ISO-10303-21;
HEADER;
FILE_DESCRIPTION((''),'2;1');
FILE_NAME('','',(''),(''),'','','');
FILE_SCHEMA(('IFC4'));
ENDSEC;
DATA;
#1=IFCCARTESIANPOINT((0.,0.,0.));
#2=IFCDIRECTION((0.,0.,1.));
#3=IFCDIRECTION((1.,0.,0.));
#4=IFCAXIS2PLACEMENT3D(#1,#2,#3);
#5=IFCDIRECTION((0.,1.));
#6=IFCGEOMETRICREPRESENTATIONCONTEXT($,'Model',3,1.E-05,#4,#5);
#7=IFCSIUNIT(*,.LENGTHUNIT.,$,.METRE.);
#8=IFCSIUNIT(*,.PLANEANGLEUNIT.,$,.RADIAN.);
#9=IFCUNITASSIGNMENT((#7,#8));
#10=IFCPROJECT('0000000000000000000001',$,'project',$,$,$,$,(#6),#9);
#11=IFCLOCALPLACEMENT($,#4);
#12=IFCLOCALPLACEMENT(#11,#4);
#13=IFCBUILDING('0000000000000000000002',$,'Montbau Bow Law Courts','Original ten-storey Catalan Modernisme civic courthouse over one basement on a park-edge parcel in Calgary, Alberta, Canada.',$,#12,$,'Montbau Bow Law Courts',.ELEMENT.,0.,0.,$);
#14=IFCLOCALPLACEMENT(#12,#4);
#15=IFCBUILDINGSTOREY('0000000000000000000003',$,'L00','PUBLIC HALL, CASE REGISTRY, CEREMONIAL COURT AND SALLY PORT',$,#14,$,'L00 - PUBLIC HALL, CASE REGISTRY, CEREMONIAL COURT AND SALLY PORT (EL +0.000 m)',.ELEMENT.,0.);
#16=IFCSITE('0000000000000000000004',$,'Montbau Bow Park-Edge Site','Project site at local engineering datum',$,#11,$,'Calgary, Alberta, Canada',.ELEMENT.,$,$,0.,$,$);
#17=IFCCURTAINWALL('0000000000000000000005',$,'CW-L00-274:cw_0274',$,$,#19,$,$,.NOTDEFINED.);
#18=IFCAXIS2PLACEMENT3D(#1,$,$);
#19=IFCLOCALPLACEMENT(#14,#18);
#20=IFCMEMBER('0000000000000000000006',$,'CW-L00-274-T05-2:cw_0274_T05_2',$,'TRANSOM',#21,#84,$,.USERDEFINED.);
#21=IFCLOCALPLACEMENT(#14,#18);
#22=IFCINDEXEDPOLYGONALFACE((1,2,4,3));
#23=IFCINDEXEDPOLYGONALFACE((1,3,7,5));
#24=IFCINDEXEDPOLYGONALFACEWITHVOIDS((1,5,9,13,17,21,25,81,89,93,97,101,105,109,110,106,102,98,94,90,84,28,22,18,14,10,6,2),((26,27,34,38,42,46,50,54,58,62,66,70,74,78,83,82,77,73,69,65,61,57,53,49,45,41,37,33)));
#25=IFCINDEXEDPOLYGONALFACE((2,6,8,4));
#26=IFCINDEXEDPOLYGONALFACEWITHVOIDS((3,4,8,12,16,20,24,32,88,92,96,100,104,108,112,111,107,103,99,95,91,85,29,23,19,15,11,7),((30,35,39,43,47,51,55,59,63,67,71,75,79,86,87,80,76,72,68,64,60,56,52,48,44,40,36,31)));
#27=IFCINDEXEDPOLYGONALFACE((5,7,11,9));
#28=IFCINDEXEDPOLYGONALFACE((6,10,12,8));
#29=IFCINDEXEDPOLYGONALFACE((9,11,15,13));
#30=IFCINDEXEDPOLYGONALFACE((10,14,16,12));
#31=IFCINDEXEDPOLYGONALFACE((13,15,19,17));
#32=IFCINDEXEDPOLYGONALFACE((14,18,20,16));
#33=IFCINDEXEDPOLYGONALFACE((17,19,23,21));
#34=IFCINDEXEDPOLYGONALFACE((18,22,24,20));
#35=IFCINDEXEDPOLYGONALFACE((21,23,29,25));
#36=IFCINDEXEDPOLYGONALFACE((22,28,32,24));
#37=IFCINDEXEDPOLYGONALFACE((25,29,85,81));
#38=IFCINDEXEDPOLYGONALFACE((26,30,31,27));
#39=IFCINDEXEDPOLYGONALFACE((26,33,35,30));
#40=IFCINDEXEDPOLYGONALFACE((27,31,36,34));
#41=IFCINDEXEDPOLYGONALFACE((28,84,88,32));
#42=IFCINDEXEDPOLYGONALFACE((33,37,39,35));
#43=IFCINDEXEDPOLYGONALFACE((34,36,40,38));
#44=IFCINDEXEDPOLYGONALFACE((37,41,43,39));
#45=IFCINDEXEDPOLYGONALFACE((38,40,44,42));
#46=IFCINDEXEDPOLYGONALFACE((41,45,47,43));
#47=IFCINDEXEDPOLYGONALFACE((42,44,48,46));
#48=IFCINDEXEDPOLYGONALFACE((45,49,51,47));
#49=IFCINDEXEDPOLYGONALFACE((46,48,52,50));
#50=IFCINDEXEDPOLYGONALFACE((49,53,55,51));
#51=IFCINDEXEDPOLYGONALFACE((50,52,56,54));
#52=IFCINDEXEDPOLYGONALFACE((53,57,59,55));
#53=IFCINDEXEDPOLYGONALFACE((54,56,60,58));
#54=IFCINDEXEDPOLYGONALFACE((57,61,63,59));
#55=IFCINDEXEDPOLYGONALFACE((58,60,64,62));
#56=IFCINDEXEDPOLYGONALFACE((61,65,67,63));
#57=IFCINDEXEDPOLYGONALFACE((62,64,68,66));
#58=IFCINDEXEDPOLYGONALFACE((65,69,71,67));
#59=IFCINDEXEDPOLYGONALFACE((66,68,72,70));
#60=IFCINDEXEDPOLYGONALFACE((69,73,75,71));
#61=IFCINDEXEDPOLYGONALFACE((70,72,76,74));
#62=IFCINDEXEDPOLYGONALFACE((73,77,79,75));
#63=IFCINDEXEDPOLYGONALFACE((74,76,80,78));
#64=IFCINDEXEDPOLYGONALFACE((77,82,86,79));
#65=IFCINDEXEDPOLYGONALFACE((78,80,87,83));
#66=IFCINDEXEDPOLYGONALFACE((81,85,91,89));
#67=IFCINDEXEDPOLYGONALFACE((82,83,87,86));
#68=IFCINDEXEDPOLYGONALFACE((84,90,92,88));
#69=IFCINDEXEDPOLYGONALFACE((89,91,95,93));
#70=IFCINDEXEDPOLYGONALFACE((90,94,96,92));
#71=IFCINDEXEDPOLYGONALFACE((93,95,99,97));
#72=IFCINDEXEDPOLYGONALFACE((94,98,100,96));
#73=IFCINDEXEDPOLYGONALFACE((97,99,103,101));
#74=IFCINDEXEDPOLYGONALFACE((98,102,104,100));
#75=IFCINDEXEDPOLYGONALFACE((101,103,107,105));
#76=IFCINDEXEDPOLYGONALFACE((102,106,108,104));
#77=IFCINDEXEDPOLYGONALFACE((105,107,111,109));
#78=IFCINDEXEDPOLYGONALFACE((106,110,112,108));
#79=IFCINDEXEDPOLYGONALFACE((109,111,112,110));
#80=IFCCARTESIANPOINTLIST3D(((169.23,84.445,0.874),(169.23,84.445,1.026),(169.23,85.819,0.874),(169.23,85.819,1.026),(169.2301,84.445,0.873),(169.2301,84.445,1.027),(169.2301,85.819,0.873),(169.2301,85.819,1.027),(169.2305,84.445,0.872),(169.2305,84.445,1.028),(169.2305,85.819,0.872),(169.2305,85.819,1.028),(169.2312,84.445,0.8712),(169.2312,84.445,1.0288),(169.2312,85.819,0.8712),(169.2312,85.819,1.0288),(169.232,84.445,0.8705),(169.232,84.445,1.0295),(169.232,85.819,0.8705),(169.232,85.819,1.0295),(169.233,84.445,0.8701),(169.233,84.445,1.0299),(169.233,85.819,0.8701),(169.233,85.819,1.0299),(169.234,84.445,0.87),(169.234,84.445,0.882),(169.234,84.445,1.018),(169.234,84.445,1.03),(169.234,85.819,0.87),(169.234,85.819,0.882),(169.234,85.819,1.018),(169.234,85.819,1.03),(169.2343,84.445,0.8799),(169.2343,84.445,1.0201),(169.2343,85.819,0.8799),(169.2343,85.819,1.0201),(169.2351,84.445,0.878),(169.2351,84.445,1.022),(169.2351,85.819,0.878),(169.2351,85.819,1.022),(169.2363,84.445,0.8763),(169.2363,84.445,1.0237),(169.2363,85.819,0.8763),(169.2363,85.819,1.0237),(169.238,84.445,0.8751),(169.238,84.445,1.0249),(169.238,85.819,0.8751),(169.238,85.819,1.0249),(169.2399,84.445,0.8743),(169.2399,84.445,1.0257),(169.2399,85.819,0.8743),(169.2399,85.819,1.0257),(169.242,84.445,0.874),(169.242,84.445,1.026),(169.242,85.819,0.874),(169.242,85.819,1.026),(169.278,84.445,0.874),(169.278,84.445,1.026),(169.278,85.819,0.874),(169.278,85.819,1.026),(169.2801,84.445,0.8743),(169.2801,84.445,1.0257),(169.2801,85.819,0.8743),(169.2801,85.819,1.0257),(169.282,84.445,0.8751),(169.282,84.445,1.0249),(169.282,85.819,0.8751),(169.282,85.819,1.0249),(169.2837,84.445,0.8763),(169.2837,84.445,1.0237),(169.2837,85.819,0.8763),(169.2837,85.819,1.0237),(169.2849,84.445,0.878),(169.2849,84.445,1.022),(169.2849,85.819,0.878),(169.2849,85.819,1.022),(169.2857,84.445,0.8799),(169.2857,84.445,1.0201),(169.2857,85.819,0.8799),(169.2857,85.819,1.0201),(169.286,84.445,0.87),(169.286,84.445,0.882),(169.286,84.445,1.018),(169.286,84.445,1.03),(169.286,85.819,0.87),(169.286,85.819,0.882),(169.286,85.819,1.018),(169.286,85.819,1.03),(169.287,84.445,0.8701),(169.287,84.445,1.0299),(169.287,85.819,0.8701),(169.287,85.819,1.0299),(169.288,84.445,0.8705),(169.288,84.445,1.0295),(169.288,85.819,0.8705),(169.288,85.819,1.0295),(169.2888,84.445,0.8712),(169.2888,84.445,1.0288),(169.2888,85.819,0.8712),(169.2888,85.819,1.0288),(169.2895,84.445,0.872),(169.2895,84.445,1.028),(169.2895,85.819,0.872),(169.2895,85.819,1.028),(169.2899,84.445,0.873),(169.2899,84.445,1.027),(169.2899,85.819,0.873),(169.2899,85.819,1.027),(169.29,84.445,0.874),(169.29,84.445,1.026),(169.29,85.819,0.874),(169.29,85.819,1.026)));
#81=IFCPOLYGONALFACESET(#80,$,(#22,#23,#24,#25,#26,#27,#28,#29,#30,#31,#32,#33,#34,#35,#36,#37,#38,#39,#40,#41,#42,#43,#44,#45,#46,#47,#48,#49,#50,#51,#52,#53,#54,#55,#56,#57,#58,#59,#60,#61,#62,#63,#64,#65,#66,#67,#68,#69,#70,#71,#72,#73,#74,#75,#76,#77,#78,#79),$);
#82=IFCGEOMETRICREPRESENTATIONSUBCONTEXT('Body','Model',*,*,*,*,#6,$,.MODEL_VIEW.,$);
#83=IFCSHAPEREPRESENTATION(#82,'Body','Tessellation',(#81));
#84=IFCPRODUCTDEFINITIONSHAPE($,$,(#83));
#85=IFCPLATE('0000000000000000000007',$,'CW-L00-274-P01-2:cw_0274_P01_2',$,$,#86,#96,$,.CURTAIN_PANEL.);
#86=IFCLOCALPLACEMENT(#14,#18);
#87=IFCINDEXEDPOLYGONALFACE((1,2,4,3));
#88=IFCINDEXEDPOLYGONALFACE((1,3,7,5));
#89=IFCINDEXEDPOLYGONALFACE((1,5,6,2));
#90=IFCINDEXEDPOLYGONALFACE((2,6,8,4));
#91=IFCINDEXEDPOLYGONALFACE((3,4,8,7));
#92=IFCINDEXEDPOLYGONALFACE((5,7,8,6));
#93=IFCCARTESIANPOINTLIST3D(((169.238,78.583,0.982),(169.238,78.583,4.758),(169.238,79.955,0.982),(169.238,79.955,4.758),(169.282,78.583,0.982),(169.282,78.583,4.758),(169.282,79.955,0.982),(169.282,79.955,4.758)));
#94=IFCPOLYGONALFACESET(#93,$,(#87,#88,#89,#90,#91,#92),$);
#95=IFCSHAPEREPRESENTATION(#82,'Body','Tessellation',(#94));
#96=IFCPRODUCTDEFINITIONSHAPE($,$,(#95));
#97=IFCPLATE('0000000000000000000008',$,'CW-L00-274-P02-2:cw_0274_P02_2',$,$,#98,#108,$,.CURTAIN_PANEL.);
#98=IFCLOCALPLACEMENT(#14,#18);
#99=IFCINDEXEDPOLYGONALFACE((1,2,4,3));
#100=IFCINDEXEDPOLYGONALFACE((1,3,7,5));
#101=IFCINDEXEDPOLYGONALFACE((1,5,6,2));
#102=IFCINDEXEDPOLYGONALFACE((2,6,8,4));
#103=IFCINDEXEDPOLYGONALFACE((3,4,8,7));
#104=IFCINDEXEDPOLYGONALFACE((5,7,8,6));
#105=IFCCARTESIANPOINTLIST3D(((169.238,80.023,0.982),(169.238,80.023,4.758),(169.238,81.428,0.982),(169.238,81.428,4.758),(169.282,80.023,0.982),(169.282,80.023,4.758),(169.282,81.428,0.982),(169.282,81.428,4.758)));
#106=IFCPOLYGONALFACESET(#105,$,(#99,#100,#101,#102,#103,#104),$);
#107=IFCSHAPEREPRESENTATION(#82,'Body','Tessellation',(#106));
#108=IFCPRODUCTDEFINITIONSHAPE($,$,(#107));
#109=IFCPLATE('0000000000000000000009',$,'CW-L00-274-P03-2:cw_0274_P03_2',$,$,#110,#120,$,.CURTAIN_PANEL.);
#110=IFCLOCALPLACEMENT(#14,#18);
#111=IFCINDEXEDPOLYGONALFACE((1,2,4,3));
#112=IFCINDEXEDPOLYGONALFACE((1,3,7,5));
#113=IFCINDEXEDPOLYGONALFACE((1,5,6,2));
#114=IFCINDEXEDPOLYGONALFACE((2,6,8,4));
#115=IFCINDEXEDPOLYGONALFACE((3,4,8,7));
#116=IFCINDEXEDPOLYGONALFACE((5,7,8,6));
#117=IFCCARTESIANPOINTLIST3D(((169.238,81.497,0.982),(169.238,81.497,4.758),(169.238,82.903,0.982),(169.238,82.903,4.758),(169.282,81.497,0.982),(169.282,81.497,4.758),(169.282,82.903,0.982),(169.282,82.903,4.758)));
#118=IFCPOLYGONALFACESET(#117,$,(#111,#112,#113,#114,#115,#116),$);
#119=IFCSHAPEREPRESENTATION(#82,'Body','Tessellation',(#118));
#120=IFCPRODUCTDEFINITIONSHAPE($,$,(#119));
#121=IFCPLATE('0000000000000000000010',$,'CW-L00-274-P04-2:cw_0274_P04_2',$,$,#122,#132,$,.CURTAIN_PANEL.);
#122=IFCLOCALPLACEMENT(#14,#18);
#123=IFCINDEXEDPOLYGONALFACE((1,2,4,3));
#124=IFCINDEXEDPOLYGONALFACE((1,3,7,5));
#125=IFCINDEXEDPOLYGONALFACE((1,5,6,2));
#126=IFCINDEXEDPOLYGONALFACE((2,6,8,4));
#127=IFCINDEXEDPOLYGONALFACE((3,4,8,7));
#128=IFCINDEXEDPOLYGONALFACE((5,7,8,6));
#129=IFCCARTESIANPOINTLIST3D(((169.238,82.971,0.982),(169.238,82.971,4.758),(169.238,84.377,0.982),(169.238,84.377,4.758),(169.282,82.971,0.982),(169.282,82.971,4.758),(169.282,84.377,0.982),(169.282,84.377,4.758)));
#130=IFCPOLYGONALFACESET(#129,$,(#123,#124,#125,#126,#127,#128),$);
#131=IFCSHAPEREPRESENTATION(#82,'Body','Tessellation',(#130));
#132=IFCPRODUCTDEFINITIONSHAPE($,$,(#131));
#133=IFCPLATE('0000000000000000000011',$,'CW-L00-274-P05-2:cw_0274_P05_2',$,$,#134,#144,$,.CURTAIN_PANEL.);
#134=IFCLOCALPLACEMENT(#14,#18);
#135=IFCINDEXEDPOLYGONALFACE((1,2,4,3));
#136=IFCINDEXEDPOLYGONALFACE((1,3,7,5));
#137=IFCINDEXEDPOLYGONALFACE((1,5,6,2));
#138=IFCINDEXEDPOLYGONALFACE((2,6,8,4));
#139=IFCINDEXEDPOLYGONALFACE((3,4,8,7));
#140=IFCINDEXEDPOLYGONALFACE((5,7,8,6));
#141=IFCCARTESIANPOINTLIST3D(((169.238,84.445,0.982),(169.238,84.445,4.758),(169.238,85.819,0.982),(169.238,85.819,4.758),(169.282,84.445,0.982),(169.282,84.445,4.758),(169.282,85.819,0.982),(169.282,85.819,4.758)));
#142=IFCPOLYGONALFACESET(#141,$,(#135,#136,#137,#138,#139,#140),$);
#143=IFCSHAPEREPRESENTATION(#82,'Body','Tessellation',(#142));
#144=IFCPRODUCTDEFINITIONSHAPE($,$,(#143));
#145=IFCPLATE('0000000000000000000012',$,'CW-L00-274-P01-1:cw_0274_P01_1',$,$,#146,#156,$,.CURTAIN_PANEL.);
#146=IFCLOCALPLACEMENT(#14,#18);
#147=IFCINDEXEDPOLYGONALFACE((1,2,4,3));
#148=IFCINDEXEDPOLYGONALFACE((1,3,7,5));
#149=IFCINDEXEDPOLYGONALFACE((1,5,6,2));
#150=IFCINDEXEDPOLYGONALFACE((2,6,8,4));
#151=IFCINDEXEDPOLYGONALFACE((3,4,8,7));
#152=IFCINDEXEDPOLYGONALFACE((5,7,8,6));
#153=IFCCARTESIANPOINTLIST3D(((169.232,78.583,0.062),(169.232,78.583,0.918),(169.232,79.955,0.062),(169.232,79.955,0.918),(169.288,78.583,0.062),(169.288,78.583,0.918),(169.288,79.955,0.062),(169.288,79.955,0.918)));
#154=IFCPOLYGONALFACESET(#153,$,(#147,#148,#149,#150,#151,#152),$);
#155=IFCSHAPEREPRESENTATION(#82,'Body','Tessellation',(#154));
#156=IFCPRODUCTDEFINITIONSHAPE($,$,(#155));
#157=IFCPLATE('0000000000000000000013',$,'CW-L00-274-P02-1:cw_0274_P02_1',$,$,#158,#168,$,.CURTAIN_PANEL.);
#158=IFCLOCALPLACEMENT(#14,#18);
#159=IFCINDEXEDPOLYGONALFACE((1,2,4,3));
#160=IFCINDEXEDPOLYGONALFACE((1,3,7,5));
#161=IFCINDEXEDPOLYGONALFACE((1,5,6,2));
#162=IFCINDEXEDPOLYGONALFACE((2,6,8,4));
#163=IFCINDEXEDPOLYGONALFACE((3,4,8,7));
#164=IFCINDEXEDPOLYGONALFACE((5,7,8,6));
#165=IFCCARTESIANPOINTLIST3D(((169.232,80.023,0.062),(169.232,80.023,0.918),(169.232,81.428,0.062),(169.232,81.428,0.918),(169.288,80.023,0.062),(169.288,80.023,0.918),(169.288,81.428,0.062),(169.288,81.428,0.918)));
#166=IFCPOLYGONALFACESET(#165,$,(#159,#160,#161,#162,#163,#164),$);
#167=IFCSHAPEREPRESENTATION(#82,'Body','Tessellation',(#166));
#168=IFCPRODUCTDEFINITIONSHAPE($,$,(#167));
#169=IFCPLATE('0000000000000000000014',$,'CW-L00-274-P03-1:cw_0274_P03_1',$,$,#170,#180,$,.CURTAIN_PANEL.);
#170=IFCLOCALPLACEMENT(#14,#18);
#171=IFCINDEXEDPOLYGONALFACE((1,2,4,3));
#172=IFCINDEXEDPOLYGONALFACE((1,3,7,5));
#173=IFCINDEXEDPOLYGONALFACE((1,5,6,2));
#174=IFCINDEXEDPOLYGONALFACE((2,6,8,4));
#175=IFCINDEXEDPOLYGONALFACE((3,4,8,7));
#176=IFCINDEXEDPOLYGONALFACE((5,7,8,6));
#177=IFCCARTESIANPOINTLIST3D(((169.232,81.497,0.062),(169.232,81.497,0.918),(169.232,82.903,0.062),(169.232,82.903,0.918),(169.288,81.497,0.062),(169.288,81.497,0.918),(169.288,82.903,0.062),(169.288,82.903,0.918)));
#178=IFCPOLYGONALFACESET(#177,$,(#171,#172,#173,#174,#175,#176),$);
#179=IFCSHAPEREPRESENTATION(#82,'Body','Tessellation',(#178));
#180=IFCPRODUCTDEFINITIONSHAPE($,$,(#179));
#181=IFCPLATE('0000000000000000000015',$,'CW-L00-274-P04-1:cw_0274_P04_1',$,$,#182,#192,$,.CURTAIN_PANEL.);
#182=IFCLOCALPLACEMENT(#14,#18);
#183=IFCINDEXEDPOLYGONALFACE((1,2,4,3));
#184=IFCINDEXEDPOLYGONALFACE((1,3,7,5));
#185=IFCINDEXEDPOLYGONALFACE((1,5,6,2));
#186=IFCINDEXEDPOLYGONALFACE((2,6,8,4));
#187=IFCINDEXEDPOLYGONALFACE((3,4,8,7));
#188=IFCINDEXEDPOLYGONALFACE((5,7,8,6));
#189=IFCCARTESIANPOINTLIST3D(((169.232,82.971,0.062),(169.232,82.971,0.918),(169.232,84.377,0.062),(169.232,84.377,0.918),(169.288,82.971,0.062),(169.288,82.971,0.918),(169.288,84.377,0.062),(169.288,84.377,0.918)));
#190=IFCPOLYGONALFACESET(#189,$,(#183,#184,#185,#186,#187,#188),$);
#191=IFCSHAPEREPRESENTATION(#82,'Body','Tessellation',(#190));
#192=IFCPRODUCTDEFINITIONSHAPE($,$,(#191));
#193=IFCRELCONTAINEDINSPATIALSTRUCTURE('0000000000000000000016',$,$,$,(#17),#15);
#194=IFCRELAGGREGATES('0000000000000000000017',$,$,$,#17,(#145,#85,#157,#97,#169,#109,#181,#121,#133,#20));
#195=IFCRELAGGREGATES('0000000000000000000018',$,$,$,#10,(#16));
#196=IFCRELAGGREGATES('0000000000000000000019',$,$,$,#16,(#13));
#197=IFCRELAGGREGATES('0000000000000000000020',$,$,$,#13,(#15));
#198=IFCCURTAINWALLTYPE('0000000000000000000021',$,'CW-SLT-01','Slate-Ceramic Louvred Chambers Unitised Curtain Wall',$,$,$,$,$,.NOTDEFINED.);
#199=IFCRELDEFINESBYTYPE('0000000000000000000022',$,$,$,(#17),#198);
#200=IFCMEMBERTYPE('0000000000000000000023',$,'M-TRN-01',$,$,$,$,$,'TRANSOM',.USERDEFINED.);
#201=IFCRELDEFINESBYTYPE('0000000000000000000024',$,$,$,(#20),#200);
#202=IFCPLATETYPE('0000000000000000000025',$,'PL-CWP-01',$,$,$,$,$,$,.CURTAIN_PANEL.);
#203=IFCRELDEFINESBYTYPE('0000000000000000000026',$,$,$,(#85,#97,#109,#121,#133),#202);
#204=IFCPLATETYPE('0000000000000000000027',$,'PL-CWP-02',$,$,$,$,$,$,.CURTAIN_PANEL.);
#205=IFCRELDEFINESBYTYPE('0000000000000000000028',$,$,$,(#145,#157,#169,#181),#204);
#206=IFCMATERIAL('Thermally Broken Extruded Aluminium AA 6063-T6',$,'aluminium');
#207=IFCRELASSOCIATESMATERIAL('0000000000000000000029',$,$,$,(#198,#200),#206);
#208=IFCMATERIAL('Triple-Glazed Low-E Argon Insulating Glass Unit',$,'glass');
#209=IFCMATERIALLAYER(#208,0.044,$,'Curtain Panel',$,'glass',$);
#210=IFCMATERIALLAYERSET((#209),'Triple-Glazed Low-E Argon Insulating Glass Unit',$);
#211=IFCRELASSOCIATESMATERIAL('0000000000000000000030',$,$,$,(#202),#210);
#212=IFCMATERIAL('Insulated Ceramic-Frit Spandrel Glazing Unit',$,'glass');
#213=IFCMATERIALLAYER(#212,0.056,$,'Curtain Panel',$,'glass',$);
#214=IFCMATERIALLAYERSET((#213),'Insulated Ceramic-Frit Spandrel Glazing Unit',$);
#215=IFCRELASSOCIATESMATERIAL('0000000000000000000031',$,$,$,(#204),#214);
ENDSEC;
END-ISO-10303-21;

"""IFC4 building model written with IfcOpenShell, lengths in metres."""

from ifc_helpers import new_model, si_unit, direction, frame, frame_2d, origin_with_axes, origin_2d_with_axis, place, context, subcontext, project, spatial, rectangle, hollow_rectangle, extrude, material, layer, layer_set, material_profile, profile_set, type_object, element, aggregate, save


model = new_model("IFC4")

# Units and contexts
model_context = context("Model", 3, precision=1e-05, world=origin_with_axes(), true_north=direction((0.0, 1.0)))
body_context = subcontext(model_context, "Body", "Model", "MODEL_VIEW")
ifc_project = project(units=[si_unit("LENGTHUNIT", "METRE"), si_unit("PLANEANGLEUNIT", "RADIAN")], contexts=[model_context])

# Site, building, storey
site_placement = place(None, origin_with_axes())
site = spatial("IfcSite", under=ifc_project, at=site_placement, Name="Montbau Bow Park-Edge Site", Description="Project site at local engineering datum", LongName="Calgary, Alberta, Canada", CompositionType="ELEMENT", RefElevation=0.0)
building_placement = place(site_placement, origin_with_axes())
building = spatial("IfcBuilding", under=site, at=building_placement, Name="Montbau Bow Law Courts", Description="Original ten-storey Catalan Modernisme civic courthouse over one basement on a park-edge parcel in Calgary, Alberta, Canada.", LongName="Montbau Bow Law Courts", CompositionType="ELEMENT", ElevationOfRefHeight=0.0, ElevationOfTerrain=0.0)
storey_placement = place(building_placement, origin_with_axes())
storey = spatial("IfcBuildingStorey", under=building, at=storey_placement, Name="L00", Description="PUBLIC HALL, CASE REGISTRY, CEREMONIAL COURT AND SALLY PORT", LongName="L00 - PUBLIC HALL, CASE REGISTRY, CEREMONIAL COURT AND SALLY PORT (EL +0.000 m)", CompositionType="ELEMENT", Elevation=0.0)

# Curtain wall, member, plates
ifc_material_1 = material(Name="Thermally Broken Extruded Aluminium AA 6063-T6", Category="aluminium")
curtain_wall_type = type_object("IfcCurtainWallType", Name="CW-SLT-01", Description="Slate-Ceramic Louvred Chambers Unitised Curtain Wall", PredefinedType="NOTDEFINED", material=ifc_material_1)
curtain_wall_placement = place(None, frame((169.26, 78.515, 0.0), z_axis=(0.0, 0.0, 1.0), x_axis=(1.0, 0.0, 0.0)))
curtain_wall = element("IfcCurtainWall", 1, at=curtain_wall_placement, inside=storey, type_object=curtain_wall_type, Name="CW-L00-274:cw_0274", PredefinedType="NOTDEFINED")
ifc_material_profile_1 = material_profile(ifc_material_1, hollow_rectangle(XDim=0.06, YDim=0.16, WallThickness=0.004, InnerFilletRadius=0.008, OuterFilletRadius=0.004, at=origin_2d_with_axis()), Name="CWT-160X60", Category="Main", Priority=0)
ifc_profile_set_1 = profile_set([ifc_material_profile_1], Name="Thermally Broken Extruded Aluminium AA 6063-T6")
member_type_1 = type_object("IfcMemberType", Name="M-TRN-01", ElementType="TRANSOM", PredefinedType="USERDEFINED", material=ifc_profile_set_1)
member_1_placement = place(None, frame((169.26, 84.445, 0.95), z_axis=(0.0, 1.0, 0.0), x_axis=(-1.0, 0.0, 0.0)))
member_1 = element("IfcMember", 2, at=member_1_placement, type_object=member_type_1, Name="CW-L00-274-T05-2:cw_0274_T05_2", ObjectType="TRANSOM", PredefinedType="USERDEFINED", context=body_context, shape_type="SweptSolid", body=[
    extrude(hollow_rectangle(XDim=0.06, YDim=0.16, WallThickness=0.004, InnerFilletRadius=0.008, OuterFilletRadius=0.004, at=origin_2d_with_axis()), origin_with_axes(), (0.0, 0.0, 1.0), 1.374),
])
ifc_material_2 = material(Name="Triple-Glazed Low-E Argon Insulating Glass Unit", Category="glass")
ifc_layer_1 = layer(ifc_material_2, 0.044, Name="Curtain Panel", Category="glass")
ifc_layer_set_1 = layer_set([ifc_layer_1], Name="Triple-Glazed Low-E Argon Insulating Glass Unit")
plate_type_1 = type_object("IfcPlateType", Name="PL-CWP-01", PredefinedType="CURTAIN_PANEL", material=ifc_layer_set_1)
plate_1_placement = place(None, frame((169.26, 78.583, 0.982), z_axis=(1.0, 0.0, 0.0), x_axis=(0.0, 1.0, 0.0)))
plate_1 = element("IfcPlate", 3, at=plate_1_placement, type_object=plate_type_1, Name="CW-L00-274-P01-2:cw_0274_P01_2", PredefinedType="CURTAIN_PANEL", context=body_context, shape_type="SweptSolid", body=[
    extrude(rectangle(XDim=1.372, YDim=3.776, at=frame_2d((0.686, 1.888), x_axis=(1.0, 0.0))), frame((0.0, 0.0, -0.022), z_axis=(0.0, 0.0, 1.0), x_axis=(1.0, 0.0, 0.0)), (0.0, 0.0, 1.0), 0.044),
])
plate_2_placement = place(None, frame((169.26, 80.023, 0.982), z_axis=(1.0, 0.0, 0.0), x_axis=(0.0, 1.0, 0.0)))
plate_2 = element("IfcPlate", 4, at=plate_2_placement, type_object=plate_type_1, Name="CW-L00-274-P02-2:cw_0274_P02_2", PredefinedType="CURTAIN_PANEL", context=body_context, shape_type="SweptSolid", body=[
    extrude(rectangle(XDim=1.405, YDim=3.776, at=frame_2d((0.7025, 1.888), x_axis=(1.0, 0.0))), frame((0.0, 0.0, -0.022), z_axis=(0.0, 0.0, 1.0), x_axis=(1.0, 0.0, 0.0)), (0.0, 0.0, 1.0), 0.044),
])
plate_3_placement = place(None, frame((169.26, 81.497, 0.982), z_axis=(1.0, 0.0, 0.0), x_axis=(0.0, 1.0, 0.0)))
plate_3 = element("IfcPlate", 5, at=plate_3_placement, type_object=plate_type_1, Name="CW-L00-274-P03-2:cw_0274_P03_2", PredefinedType="CURTAIN_PANEL", context=body_context, shape_type="SweptSolid", body=[
    extrude(rectangle(XDim=1.406, YDim=3.776, at=frame_2d((0.703, 1.888), x_axis=(1.0, 0.0))), frame((0.0, 0.0, -0.022), z_axis=(0.0, 0.0, 1.0), x_axis=(1.0, 0.0, 0.0)), (0.0, 0.0, 1.0), 0.044),
])
plate_4_placement = place(None, frame((169.26, 82.971, 0.982), z_axis=(1.0, 0.0, 0.0), x_axis=(0.0, 1.0, 0.0)))
plate_4 = element("IfcPlate", 6, at=plate_4_placement, type_object=plate_type_1, Name="CW-L00-274-P04-2:cw_0274_P04_2", PredefinedType="CURTAIN_PANEL", context=body_context, shape_type="SweptSolid", body=[
    extrude(rectangle(XDim=1.406, YDim=3.776, at=frame_2d((0.703, 1.888), x_axis=(1.0, 0.0))), frame((0.0, 0.0, -0.022), z_axis=(0.0, 0.0, 1.0), x_axis=(1.0, 0.0, 0.0)), (0.0, 0.0, 1.0), 0.044),
])
plate_5_placement = place(None, frame((169.26, 84.445, 0.982), z_axis=(1.0, 0.0, 0.0), x_axis=(0.0, 1.0, 0.0)))
plate_5 = element("IfcPlate", 7, at=plate_5_placement, type_object=plate_type_1, Name="CW-L00-274-P05-2:cw_0274_P05_2", PredefinedType="CURTAIN_PANEL", context=body_context, shape_type="SweptSolid", body=[
    extrude(rectangle(XDim=1.374, YDim=3.776, at=frame_2d((0.687, 1.888), x_axis=(1.0, 0.0))), frame((0.0, 0.0, -0.022), z_axis=(0.0, 0.0, 1.0), x_axis=(1.0, 0.0, 0.0)), (0.0, 0.0, 1.0), 0.044),
])
ifc_material_3 = material(Name="Insulated Ceramic-Frit Spandrel Glazing Unit", Category="glass")
ifc_layer_2 = layer(ifc_material_3, 0.056, Name="Curtain Panel", Category="glass")
ifc_layer_set_2 = layer_set([ifc_layer_2], Name="Insulated Ceramic-Frit Spandrel Glazing Unit")
plate_type_2 = type_object("IfcPlateType", Name="PL-CWP-02", PredefinedType="CURTAIN_PANEL", material=ifc_layer_set_2)
plate_6_placement = place(None, frame((169.26, 78.583, 0.062), z_axis=(1.0, 0.0, 0.0), x_axis=(0.0, 1.0, 0.0)))
plate_6 = element("IfcPlate", 8, at=plate_6_placement, type_object=plate_type_2, Name="CW-L00-274-P01-1:cw_0274_P01_1", PredefinedType="CURTAIN_PANEL", context=body_context, shape_type="SweptSolid", body=[
    extrude(rectangle(XDim=1.372, YDim=0.856, at=frame_2d((0.686, 0.428), x_axis=(1.0, 0.0))), frame((0.0, 0.0, -0.028), z_axis=(0.0, 0.0, 1.0), x_axis=(1.0, 0.0, 0.0)), (0.0, 0.0, 1.0), 0.056),
])
plate_7_placement = place(None, frame((169.26, 80.023, 0.062), z_axis=(1.0, 0.0, 0.0), x_axis=(0.0, 1.0, 0.0)))
plate_7 = element("IfcPlate", 9, at=plate_7_placement, type_object=plate_type_2, Name="CW-L00-274-P02-1:cw_0274_P02_1", PredefinedType="CURTAIN_PANEL", context=body_context, shape_type="SweptSolid", body=[
    extrude(rectangle(XDim=1.405, YDim=0.856, at=frame_2d((0.7025, 0.428), x_axis=(1.0, 0.0))), frame((0.0, 0.0, -0.028), z_axis=(0.0, 0.0, 1.0), x_axis=(1.0, 0.0, 0.0)), (0.0, 0.0, 1.0), 0.056),
])
plate_8_placement = place(None, frame((169.26, 81.497, 0.062), z_axis=(1.0, 0.0, 0.0), x_axis=(0.0, 1.0, 0.0)))
plate_8 = element("IfcPlate", 10, at=plate_8_placement, type_object=plate_type_2, Name="CW-L00-274-P03-1:cw_0274_P03_1", PredefinedType="CURTAIN_PANEL", context=body_context, shape_type="SweptSolid", body=[
    extrude(rectangle(XDim=1.406, YDim=0.856, at=frame_2d((0.703, 0.428), x_axis=(1.0, 0.0))), frame((0.0, 0.0, -0.028), z_axis=(0.0, 0.0, 1.0), x_axis=(1.0, 0.0, 0.0)), (0.0, 0.0, 1.0), 0.056),
])
plate_9_placement = place(None, frame((169.26, 82.971, 0.062), z_axis=(1.0, 0.0, 0.0), x_axis=(0.0, 1.0, 0.0)))
plate_9 = element("IfcPlate", 11, at=plate_9_placement, type_object=plate_type_2, Name="CW-L00-274-P04-1:cw_0274_P04_1", PredefinedType="CURTAIN_PANEL", context=body_context, shape_type="SweptSolid", body=[
    extrude(rectangle(XDim=1.406, YDim=0.856, at=frame_2d((0.703, 0.428), x_axis=(1.0, 0.0))), frame((0.0, 0.0, -0.028), z_axis=(0.0, 0.0, 1.0), x_axis=(1.0, 0.0, 0.0)), (0.0, 0.0, 1.0), 0.056),
])
aggregate(curtain_wall, [plate_6, plate_1, plate_7, plate_2, plate_8, plate_3, plate_9, plate_4, plate_5, member_1])

save(model, "model.ifc")
